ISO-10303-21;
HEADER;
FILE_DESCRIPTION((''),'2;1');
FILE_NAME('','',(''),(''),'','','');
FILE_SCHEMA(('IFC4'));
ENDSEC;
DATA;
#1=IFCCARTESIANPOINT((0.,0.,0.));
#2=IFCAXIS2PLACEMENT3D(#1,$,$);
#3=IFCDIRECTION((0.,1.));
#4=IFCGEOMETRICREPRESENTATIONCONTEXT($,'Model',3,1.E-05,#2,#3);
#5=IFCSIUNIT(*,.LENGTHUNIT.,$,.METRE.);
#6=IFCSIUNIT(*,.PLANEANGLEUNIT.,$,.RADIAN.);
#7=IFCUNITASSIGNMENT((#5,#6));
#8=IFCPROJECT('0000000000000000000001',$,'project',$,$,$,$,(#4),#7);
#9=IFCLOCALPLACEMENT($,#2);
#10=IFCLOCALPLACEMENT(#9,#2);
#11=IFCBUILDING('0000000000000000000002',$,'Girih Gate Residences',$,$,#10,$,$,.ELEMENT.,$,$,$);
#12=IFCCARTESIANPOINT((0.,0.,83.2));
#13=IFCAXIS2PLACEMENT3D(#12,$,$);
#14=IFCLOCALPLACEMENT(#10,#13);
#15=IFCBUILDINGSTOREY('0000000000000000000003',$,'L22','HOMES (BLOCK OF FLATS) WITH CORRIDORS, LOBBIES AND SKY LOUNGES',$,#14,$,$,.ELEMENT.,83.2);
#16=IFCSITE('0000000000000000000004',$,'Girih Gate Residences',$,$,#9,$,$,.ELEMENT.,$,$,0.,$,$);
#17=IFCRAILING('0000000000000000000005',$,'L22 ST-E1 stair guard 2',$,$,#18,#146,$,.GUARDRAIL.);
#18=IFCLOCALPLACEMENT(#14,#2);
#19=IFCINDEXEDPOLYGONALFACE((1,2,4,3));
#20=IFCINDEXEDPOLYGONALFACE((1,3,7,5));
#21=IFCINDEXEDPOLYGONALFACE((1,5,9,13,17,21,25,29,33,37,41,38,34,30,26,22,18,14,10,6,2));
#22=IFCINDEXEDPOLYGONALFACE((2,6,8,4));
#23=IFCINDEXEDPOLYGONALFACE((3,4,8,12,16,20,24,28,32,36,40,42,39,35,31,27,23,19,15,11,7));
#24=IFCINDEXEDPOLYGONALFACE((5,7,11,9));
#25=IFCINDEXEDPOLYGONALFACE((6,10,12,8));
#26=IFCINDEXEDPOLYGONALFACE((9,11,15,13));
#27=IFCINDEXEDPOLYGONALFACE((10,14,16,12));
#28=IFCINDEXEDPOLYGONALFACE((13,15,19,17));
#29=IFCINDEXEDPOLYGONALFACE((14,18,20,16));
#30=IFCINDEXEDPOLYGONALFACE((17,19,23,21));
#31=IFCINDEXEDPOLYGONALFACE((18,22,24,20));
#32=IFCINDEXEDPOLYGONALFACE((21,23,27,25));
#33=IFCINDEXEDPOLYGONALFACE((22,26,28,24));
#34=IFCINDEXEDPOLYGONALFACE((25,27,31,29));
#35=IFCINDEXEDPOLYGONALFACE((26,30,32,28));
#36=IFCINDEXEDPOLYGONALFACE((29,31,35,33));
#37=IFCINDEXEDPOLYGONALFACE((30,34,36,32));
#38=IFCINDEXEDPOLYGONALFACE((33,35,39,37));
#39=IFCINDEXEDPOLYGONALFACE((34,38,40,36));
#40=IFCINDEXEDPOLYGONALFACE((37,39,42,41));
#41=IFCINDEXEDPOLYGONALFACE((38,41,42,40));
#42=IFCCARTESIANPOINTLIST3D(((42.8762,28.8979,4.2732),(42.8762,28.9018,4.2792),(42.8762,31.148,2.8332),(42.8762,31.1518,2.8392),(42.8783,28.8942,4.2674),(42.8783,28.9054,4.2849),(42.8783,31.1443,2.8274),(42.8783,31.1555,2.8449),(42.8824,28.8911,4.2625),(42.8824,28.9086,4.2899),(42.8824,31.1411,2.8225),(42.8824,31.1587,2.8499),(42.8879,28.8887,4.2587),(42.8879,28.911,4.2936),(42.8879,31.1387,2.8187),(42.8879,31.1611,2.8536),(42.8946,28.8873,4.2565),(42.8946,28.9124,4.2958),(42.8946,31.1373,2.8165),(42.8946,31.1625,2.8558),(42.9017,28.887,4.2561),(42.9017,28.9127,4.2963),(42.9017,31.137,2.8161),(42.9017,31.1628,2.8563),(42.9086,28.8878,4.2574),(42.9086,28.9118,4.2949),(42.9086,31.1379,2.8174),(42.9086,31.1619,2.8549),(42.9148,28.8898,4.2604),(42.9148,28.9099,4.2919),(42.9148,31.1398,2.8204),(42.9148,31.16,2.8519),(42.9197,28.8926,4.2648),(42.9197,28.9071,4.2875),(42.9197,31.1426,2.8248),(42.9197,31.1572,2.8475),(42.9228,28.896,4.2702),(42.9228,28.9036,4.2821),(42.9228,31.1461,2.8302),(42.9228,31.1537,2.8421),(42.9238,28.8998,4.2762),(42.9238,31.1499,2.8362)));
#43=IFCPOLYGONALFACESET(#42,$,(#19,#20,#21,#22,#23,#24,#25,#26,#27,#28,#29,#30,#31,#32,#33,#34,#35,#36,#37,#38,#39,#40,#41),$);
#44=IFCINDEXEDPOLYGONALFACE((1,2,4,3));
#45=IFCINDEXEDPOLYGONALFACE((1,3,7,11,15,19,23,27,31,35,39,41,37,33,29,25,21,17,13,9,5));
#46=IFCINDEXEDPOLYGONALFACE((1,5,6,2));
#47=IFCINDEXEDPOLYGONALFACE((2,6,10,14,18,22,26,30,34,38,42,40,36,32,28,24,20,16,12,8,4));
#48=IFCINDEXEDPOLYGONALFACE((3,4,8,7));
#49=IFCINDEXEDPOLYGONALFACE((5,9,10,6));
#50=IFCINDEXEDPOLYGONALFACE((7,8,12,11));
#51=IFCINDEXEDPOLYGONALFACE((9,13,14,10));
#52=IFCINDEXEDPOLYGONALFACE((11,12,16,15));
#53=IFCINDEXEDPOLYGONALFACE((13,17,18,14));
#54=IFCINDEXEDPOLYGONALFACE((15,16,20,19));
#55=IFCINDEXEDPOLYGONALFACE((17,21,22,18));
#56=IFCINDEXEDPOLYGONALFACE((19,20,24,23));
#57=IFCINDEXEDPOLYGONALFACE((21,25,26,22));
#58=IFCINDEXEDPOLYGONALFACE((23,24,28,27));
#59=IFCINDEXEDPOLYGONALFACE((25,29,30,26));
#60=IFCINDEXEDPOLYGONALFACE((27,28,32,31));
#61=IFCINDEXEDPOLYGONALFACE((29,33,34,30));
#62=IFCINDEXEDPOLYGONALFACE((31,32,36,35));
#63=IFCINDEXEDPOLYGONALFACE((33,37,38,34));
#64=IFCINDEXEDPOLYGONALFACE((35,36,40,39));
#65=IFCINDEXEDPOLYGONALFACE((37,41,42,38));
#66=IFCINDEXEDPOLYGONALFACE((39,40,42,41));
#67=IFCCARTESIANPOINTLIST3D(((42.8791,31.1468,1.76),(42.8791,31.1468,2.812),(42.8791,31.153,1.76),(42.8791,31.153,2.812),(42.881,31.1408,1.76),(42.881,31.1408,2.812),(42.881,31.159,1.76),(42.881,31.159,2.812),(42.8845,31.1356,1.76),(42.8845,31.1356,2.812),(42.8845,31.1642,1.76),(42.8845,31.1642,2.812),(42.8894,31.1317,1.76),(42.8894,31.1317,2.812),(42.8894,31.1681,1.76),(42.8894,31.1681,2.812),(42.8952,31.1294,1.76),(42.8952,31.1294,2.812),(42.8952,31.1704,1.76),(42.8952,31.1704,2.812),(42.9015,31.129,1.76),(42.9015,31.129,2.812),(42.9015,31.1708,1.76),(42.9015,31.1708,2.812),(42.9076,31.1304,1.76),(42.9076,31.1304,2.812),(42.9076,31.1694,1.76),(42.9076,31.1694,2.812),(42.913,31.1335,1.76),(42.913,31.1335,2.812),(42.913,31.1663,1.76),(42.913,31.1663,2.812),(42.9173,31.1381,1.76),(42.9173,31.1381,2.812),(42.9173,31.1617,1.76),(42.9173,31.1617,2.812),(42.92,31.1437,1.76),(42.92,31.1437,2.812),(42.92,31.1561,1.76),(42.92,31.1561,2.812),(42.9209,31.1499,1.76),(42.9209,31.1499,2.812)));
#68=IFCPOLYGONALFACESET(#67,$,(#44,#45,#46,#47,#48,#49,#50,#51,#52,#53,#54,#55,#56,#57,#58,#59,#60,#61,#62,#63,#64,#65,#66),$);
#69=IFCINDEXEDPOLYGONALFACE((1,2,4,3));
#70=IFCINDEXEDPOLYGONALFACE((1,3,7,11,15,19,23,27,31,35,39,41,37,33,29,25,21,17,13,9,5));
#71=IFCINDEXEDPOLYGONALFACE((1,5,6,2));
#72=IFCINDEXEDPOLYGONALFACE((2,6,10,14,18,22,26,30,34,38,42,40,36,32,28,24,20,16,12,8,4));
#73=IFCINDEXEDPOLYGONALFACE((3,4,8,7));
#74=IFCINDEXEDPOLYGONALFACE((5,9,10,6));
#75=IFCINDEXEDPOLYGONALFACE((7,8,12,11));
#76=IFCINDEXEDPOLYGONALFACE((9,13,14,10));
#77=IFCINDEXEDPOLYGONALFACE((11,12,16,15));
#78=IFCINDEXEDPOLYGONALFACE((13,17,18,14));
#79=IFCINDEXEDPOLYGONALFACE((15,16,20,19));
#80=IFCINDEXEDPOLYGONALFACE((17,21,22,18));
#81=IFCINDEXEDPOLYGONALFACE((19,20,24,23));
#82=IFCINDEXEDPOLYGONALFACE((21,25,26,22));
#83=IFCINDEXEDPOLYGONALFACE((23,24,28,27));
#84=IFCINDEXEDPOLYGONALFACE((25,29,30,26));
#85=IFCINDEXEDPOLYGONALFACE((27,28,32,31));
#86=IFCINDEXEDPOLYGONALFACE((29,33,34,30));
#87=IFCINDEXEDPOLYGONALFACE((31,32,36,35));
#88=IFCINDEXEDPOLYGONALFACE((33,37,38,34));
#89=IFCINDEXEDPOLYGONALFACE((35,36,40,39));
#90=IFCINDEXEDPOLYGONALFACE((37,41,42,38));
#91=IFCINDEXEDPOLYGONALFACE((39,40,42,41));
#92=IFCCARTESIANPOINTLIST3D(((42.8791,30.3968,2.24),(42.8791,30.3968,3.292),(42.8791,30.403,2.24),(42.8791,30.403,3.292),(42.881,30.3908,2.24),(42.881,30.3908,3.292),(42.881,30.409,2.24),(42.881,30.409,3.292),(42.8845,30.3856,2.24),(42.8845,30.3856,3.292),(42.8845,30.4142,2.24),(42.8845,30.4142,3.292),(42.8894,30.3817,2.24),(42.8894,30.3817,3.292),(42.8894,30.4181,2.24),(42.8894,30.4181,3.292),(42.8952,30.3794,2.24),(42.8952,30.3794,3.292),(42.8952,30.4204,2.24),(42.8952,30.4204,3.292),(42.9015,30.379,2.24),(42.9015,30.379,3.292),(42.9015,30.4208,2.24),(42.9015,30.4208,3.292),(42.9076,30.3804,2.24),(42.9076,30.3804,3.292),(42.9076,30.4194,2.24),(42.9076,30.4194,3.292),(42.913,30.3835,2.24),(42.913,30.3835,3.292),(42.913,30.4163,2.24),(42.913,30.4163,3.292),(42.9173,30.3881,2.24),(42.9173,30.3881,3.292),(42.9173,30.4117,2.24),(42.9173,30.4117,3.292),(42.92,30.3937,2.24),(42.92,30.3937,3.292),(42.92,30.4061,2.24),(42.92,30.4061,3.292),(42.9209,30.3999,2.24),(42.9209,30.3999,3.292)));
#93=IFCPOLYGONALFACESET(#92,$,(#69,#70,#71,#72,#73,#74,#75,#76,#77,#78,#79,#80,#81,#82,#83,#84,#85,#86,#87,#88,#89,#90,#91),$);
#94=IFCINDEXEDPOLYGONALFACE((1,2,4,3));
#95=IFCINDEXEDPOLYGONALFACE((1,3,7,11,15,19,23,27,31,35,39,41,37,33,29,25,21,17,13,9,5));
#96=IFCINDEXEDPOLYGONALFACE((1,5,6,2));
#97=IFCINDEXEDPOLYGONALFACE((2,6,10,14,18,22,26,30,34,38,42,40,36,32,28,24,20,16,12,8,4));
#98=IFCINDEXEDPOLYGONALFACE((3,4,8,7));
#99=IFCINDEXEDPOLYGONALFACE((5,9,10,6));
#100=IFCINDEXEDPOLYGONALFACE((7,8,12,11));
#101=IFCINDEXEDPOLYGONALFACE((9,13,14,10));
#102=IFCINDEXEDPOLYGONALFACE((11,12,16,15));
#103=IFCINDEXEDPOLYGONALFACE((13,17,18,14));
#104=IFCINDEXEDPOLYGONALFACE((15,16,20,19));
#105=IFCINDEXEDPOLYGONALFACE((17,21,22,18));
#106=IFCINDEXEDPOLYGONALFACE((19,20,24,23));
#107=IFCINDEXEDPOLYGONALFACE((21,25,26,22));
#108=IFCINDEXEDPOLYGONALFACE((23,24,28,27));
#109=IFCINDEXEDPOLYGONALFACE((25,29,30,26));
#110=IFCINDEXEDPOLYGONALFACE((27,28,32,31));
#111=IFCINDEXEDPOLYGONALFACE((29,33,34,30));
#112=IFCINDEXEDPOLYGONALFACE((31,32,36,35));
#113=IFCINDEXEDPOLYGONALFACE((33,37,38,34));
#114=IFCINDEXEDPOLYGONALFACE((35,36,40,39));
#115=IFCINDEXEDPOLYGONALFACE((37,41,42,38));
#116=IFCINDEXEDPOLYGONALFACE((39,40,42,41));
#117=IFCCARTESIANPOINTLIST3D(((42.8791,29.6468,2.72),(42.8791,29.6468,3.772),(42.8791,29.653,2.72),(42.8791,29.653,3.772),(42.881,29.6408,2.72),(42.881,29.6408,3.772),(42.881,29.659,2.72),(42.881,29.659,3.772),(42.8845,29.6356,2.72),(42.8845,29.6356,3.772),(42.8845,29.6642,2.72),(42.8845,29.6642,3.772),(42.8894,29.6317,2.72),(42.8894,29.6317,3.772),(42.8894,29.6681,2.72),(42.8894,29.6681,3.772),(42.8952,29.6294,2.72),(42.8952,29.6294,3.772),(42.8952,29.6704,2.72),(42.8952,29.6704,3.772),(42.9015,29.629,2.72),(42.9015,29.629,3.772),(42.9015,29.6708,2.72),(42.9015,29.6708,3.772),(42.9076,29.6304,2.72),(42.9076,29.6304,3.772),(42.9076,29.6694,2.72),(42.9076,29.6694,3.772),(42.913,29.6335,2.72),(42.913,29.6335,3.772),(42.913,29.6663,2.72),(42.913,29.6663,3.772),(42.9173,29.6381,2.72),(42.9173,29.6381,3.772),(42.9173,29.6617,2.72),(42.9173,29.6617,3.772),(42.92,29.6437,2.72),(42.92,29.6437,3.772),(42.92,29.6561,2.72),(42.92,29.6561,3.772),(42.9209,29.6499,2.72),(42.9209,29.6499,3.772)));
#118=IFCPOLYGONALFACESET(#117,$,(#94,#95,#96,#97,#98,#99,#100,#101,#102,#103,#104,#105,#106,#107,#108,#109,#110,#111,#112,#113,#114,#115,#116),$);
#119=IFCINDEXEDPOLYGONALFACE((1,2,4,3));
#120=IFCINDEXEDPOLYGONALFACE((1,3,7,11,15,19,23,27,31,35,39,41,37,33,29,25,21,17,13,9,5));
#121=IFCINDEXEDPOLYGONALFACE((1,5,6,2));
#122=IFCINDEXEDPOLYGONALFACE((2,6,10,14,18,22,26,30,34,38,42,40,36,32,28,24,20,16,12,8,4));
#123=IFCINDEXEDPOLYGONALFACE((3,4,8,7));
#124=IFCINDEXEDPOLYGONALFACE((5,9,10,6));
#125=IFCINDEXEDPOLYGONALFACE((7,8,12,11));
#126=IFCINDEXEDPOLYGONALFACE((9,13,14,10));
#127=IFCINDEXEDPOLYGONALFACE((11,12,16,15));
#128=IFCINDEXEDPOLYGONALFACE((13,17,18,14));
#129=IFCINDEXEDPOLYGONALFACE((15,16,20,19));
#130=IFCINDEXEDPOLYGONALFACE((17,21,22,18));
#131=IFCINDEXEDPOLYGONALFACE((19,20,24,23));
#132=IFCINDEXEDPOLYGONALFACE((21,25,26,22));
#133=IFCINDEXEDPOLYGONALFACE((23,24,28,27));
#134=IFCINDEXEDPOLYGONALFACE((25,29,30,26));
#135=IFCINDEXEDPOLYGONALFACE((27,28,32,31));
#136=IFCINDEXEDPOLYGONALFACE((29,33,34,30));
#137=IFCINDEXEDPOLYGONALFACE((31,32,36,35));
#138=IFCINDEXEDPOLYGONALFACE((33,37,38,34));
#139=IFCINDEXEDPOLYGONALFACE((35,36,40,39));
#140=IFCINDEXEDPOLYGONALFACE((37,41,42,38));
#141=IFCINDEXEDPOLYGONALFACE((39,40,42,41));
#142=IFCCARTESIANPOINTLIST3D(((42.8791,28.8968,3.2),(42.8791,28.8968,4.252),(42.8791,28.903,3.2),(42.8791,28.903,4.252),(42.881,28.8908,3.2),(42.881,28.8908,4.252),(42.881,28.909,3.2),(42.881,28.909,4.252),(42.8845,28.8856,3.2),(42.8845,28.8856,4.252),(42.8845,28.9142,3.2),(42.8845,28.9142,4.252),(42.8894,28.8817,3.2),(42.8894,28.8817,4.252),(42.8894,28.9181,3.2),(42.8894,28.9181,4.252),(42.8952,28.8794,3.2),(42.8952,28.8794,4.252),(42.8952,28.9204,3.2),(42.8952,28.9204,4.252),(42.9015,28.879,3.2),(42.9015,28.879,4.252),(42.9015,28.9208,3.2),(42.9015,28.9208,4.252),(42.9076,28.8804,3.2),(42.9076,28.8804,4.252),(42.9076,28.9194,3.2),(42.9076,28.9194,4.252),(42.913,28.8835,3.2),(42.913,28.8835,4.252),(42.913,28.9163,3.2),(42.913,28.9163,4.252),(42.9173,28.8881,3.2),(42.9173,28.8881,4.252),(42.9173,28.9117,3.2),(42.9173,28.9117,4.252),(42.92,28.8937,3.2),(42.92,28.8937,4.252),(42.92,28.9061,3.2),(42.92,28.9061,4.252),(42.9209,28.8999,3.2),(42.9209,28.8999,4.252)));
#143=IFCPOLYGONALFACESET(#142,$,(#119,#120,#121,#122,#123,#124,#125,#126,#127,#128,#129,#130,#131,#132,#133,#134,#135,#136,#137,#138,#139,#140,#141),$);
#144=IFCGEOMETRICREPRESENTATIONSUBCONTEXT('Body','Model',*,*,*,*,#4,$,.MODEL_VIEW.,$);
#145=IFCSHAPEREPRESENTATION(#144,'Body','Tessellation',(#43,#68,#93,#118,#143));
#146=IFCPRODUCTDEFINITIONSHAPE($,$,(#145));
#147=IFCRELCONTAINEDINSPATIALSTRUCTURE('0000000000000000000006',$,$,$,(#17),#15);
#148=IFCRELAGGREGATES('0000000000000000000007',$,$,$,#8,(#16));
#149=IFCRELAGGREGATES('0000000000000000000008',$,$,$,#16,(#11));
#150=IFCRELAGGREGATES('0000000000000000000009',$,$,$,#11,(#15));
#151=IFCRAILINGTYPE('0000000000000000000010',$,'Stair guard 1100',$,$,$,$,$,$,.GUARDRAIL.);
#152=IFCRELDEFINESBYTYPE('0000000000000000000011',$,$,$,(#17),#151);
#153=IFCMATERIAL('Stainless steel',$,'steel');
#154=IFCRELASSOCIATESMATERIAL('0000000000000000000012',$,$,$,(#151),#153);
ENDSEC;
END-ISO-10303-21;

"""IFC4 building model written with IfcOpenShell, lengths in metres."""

from ifc_helpers import new_model, si_unit, direction, frame, origin, origin_2d, place, context, subcontext, project, spatial, circle, extrude, material, type_object, element, save


model = new_model("IFC4")

# Units and contexts
model_context = context("Model", 3, precision=1e-05, world=origin(), true_north=direction((0.0, 1.0)))
body_context = subcontext(model_context, "Body", "Model", "MODEL_VIEW")
ifc_project = project(units=[si_unit("LENGTHUNIT", "METRE"), si_unit("PLANEANGLEUNIT", "RADIAN")], contexts=[model_context])

# Site, building, storey
site_placement = place(None, origin())
site = spatial("IfcSite", under=ifc_project, at=site_placement, Name="Girih Gate Residences", CompositionType="ELEMENT", RefElevation=0.0)
building_placement = place(site_placement, origin())
building = spatial("IfcBuilding", under=site, at=building_placement, Name="Girih Gate Residences", CompositionType="ELEMENT")
storey_placement = place(building_placement, frame((0.0, 0.0, 83.2)))
storey = spatial("IfcBuildingStorey", under=building, at=storey_placement, Name="L22", Description="HOMES (BLOCK OF FLATS) WITH CORRIDORS, LOBBIES AND SKY LOUNGES", CompositionType="ELEMENT", Elevation=83.2)

# Railing
ifc_material_1 = material(Name="Stainless steel", Category="steel")
railing_type_1 = type_object("IfcRailingType", Name="Stair guard 1100", PredefinedType="GUARDRAIL", material=ifc_material_1)
railing_1_placement = place(storey_placement, frame((42.8999, 31.1499, 1.76)))
element("IfcRailing", 1, at=railing_1_placement, inside=storey, type_object=railing_type_1, Name="L22 ST-E1 stair guard 2", PredefinedType="GUARDRAIL", context=body_context, shape_type="SweptSolid", body=[
    extrude(circle(Radius=0.0239, at=origin_2d()), frame((0.0, 0.0, 1.0762), z_axis=(0.0, -0.842281, 0.539038), x_axis=(1.0, 0.0, 0.0)), (0.0, 0.0, 1.0), 2.6714),
    extrude(circle(Radius=0.021, at=origin_2d()), origin(), (0.0, 0.0, 1.0), 1.052),
    extrude(circle(Radius=0.021, at=origin_2d()), frame((0.0, -0.75, 0.48)), (0.0, 0.0, 1.0), 1.052),
    extrude(circle(Radius=0.021, at=origin_2d()), frame((0.0, -1.5, 0.96)), (0.0, 0.0, 1.0), 1.052),
    extrude(circle(Radius=0.021, at=origin_2d()), frame((0.0, -2.25, 1.4399)), (0.0, 0.0, 1.0), 1.052),
])

save(model, "model.ifc")
